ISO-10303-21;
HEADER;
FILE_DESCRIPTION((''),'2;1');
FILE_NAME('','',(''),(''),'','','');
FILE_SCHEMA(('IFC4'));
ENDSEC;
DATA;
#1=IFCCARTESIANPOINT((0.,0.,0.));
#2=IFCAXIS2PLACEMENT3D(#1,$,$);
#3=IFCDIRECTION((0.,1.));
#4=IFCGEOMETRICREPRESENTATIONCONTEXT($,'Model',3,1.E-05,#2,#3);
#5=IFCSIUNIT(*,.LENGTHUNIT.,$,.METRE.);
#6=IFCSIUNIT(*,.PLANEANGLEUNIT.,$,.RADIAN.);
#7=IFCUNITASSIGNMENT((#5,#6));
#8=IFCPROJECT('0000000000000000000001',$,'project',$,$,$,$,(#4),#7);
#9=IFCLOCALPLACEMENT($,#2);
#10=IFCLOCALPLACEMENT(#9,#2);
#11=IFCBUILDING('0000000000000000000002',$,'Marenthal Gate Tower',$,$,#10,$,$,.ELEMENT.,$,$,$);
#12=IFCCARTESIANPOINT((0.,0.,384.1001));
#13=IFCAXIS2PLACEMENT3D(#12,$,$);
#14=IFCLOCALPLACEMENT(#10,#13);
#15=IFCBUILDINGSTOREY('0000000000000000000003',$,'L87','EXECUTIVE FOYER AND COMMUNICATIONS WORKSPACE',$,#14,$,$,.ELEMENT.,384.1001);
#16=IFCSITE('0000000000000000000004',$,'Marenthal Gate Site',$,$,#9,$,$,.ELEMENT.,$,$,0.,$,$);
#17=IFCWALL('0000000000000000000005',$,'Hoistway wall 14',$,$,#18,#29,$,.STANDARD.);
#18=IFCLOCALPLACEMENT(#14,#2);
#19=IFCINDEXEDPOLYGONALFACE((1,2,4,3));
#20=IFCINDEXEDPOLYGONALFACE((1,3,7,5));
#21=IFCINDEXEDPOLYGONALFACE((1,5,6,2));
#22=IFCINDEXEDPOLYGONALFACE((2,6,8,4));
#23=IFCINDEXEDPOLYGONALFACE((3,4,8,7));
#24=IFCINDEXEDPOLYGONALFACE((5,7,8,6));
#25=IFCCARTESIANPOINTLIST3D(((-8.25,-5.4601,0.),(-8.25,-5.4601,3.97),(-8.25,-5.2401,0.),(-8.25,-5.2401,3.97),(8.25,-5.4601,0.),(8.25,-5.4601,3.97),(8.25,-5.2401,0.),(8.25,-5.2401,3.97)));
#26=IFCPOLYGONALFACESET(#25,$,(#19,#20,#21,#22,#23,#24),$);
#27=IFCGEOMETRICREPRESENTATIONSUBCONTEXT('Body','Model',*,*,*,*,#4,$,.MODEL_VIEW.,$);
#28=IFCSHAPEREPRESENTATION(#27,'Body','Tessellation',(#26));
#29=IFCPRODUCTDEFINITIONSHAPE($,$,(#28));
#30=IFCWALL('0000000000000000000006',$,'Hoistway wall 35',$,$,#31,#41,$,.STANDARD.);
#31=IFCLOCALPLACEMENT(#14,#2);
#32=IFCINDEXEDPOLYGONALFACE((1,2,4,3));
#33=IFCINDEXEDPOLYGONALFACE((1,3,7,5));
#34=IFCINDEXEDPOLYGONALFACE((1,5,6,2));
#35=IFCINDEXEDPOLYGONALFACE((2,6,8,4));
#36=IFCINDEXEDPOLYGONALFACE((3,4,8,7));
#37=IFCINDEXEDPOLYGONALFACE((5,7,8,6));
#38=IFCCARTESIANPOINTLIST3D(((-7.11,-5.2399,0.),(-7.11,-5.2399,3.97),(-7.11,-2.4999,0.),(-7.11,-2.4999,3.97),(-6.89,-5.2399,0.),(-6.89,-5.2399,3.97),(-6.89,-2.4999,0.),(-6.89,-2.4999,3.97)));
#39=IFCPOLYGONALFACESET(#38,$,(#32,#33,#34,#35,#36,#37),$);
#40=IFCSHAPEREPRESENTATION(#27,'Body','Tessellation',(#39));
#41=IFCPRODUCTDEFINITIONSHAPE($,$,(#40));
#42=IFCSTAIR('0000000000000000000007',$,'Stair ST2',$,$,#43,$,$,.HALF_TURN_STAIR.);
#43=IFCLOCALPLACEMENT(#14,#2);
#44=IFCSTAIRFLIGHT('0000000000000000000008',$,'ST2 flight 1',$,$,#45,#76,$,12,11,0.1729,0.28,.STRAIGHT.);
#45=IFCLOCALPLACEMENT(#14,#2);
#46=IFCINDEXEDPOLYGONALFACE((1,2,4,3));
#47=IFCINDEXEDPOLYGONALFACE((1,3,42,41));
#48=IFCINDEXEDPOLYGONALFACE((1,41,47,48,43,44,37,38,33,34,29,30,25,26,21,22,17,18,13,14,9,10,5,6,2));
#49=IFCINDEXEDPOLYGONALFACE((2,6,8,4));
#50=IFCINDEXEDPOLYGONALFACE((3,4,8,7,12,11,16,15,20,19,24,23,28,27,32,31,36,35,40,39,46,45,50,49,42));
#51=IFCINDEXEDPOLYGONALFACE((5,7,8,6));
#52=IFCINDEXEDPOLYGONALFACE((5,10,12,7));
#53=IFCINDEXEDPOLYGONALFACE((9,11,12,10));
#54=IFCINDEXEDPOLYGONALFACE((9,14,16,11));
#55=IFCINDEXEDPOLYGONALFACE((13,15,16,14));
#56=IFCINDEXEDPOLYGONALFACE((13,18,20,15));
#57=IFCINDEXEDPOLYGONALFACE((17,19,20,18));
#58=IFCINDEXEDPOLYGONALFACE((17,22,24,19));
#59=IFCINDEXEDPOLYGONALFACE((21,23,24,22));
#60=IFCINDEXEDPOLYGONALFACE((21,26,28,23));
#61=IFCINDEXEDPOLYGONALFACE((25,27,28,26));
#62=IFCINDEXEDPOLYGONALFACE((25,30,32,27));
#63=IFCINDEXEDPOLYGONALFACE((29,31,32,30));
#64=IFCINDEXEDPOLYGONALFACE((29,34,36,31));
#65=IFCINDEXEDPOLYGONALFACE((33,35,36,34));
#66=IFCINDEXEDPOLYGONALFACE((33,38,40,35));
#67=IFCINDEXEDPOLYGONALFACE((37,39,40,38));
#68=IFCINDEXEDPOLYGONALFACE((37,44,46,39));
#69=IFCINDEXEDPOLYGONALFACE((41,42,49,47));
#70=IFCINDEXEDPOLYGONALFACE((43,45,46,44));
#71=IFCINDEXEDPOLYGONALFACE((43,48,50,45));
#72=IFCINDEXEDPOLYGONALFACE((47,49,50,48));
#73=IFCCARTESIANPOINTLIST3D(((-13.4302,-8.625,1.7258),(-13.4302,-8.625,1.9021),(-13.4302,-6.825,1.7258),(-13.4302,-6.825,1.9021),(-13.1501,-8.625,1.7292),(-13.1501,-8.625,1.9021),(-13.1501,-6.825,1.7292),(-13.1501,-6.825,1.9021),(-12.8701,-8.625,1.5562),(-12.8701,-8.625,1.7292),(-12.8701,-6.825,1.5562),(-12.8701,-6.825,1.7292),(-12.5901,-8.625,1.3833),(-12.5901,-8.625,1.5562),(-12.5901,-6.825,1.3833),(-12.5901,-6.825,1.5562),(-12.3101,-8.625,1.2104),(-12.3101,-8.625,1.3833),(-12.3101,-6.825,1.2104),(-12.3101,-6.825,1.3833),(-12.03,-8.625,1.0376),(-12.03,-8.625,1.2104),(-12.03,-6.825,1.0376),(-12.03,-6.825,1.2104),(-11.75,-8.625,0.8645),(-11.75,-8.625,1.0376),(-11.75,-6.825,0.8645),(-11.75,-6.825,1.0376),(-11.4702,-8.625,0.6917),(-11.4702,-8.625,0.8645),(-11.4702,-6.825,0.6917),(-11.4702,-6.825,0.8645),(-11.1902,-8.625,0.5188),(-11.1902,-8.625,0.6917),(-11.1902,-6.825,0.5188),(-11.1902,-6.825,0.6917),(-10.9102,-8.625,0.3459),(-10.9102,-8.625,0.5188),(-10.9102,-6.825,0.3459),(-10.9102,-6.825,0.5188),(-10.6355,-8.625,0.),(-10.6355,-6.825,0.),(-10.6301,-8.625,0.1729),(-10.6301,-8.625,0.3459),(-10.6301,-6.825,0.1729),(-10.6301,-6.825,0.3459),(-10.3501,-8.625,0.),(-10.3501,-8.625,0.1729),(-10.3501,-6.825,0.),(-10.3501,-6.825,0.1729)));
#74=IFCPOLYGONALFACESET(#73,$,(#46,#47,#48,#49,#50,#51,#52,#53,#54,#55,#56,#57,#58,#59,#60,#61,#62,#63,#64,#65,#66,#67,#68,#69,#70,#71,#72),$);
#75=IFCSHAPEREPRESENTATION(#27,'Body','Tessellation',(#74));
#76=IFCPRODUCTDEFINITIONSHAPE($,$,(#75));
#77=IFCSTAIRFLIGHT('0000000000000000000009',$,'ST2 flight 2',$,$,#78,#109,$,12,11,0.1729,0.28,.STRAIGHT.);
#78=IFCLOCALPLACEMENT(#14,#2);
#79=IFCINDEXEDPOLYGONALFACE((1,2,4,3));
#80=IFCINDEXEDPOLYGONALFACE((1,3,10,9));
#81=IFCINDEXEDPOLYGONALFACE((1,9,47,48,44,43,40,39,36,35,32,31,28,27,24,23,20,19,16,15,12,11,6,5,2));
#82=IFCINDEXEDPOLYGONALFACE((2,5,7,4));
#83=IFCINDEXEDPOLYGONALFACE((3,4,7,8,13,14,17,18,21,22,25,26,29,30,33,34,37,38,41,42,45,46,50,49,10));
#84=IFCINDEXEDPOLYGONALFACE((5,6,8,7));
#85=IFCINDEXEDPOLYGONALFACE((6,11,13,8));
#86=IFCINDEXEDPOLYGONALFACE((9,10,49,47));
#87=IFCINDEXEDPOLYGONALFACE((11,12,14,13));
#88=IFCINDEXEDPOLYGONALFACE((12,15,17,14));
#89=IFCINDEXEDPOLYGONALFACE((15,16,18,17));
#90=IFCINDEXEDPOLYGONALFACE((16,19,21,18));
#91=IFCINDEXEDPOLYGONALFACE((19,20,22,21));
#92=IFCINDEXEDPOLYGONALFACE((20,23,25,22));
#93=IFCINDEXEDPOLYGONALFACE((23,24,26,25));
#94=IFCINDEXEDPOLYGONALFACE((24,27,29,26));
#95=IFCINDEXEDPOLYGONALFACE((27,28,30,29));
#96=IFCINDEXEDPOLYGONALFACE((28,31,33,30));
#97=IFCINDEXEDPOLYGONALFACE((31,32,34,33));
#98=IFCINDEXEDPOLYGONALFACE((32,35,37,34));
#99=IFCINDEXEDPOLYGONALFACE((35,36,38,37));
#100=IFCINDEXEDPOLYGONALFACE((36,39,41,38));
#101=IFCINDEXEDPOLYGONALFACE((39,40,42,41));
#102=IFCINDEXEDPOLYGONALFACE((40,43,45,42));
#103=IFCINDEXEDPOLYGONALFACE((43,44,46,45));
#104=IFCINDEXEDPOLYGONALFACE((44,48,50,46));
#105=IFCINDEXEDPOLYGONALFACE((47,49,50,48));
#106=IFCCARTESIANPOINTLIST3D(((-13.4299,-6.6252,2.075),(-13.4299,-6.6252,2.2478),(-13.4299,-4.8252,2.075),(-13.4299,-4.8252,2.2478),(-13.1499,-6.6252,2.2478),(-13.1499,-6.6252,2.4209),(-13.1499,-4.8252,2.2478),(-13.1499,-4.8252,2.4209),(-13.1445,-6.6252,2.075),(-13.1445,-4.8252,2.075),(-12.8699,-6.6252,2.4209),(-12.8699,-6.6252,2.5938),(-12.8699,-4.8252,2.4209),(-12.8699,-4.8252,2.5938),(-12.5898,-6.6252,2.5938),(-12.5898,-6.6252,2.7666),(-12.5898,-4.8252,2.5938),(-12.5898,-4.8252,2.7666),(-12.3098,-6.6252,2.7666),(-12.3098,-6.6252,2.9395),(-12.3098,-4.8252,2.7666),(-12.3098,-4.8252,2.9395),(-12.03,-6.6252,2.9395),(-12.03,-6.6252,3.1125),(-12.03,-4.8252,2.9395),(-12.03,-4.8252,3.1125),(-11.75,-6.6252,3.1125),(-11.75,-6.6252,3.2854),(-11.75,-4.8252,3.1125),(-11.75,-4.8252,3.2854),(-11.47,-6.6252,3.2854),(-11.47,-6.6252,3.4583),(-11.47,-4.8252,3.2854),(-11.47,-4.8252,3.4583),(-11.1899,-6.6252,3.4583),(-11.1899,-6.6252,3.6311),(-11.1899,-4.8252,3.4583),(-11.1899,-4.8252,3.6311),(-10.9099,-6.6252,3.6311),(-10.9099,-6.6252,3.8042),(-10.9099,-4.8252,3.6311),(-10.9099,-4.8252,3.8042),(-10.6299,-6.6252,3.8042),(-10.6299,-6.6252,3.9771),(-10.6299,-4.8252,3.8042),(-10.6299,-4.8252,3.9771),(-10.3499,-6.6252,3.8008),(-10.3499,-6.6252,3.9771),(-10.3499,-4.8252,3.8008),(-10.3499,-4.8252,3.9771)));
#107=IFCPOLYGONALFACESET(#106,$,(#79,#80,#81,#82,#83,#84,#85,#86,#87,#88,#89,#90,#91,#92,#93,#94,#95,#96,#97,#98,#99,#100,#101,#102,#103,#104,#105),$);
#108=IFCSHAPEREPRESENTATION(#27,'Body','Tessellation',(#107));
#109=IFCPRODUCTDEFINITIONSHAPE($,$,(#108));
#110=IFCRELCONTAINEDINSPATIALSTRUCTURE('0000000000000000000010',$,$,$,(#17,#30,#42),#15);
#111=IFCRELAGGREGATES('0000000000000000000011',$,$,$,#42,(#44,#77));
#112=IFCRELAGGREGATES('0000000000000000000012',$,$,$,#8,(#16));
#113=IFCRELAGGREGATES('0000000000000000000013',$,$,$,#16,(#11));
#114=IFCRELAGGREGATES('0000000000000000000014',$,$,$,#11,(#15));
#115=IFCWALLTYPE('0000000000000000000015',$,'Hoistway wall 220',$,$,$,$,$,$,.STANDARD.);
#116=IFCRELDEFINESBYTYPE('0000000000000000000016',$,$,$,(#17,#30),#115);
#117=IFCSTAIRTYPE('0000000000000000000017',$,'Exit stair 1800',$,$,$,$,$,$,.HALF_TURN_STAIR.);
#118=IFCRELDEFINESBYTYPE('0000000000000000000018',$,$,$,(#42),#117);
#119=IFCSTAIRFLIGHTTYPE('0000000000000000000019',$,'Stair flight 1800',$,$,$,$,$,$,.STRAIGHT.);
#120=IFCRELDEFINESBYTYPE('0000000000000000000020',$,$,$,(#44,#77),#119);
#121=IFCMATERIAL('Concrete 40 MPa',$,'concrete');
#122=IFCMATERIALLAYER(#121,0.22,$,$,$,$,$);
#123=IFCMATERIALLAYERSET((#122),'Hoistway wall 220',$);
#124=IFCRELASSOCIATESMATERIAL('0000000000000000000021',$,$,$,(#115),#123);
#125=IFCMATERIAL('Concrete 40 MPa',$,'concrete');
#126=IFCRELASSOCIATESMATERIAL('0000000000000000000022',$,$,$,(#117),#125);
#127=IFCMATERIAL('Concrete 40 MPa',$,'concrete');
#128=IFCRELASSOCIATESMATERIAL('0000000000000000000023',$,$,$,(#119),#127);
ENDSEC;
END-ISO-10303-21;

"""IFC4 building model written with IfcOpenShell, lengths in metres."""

from ifc_helpers import new_model, si_unit, direction, frame, frame_2d, origin, place, context, subcontext, project, spatial, polyline, rectangle, outline, extrude, material, layer, layer_set, type_object, element, aggregate, save


model = new_model("IFC4")

# Units and contexts
model_context = context("Model", 3, precision=1e-05, world=origin(), true_north=direction((0.0, 1.0)))
body_context = subcontext(model_context, "Body", "Model", "MODEL_VIEW")
ifc_project = project(units=[si_unit("LENGTHUNIT", "METRE"), si_unit("PLANEANGLEUNIT", "RADIAN")], contexts=[model_context])

# Site, building, storey
site_placement = place(None, origin())
site = spatial("IfcSite", under=ifc_project, at=site_placement, Name="Marenthal Gate Site", CompositionType="ELEMENT", RefElevation=0.0)
building_placement = place(site_placement, origin())
building = spatial("IfcBuilding", under=site, at=building_placement, Name="Marenthal Gate Tower", CompositionType="ELEMENT")
storey_placement = place(building_placement, frame((0.0, 0.0, 384.1001)))
storey = spatial("IfcBuildingStorey", under=building, at=storey_placement, Name="L87", Description="EXECUTIVE FOYER AND COMMUNICATIONS WORKSPACE", CompositionType="ELEMENT", Elevation=384.1001)

# Shared definitions
ifc_material_1 = material(Name="Concrete 40 MPa", Category="concrete")
ifc_layer_1 = layer(ifc_material_1, 0.22)
ifc_layer_set_1 = layer_set([ifc_layer_1], Name="Hoistway wall 220")
wall_type_1 = type_object("IfcWallType", Name="Hoistway wall 220", PredefinedType="STANDARD", material=ifc_layer_set_1)

# Walls
wall_1_placement = place(storey_placement, frame((-8.25, -5.3501, 0.0), z_axis=(0.0, 0.0, 1.0), x_axis=(1.0, 0.0, 0.0)))
element("IfcWall", 1, at=wall_1_placement, inside=storey, type_object=wall_type_1, Name="Hoistway wall 14", PredefinedType="STANDARD", context=body_context, shape_type="SweptSolid", body=[
    extrude(rectangle(XDim=16.5, YDim=0.22, at=frame_2d((8.25, 0.0))), origin(), (0.0, 0.0, 1.0), 3.97),
])
wall_2_placement = place(storey_placement, frame((-7.0, -5.24, 0.0), z_axis=(0.0, 0.0, 1.0), x_axis=(0.0, 1.0, 0.0)))
element("IfcWall", 2, at=wall_2_placement, inside=storey, type_object=wall_type_1, Name="Hoistway wall 35", PredefinedType="STANDARD", context=body_context, shape_type="SweptSolid", body=[
    extrude(rectangle(XDim=2.74, YDim=0.22, at=frame_2d((1.3701, 0.0))), origin(), (0.0, 0.0, 1.0), 3.97),
])

# Stair, stair flights
ifc_material_2 = material(Name="Concrete 40 MPa", Category="concrete")
stair_type = type_object("IfcStairType", Name="Exit stair 1800", PredefinedType="HALF_TURN_STAIR", material=ifc_material_2)
stair_placement = place(storey_placement, origin())
stair = element("IfcStair", 3, at=stair_placement, inside=storey, type_object=stair_type, Name="Stair ST2", PredefinedType="HALF_TURN_STAIR")
ifc_material_3 = material(Name="Concrete 40 MPa", Category="concrete")
stair_flight_type = type_object("IfcStairFlightType", Name="Stair flight 1800", PredefinedType="STRAIGHT", material=ifc_material_3)
stair_flight_1_placement = place(storey_placement, frame((-10.3501, -7.7251, 0.0), z_axis=(0.0, 0.0, 1.0), x_axis=(-1.0, 0.0, 0.0)))
stair_flight_1 = element("IfcStairFlight", 4, at=stair_flight_1_placement, type_object=stair_flight_type, Name="ST2 flight 1", NumberOfRisers=12, NumberOfTreads=11, PredefinedType="STRAIGHT", RiserHeight=0.1729, TreadLength=0.28, context=body_context, shape_type="SweptSolid", body=[
    extrude(outline(polyline([(0.0, 0.0), (0.0, 0.1729), (0.28, 0.1729), (0.28, 0.3459), (0.5601, 0.3459), (0.5601, 0.5188), (0.8401, 0.5188), (0.8401, 0.6917), (1.1201, 0.6917), (1.1201, 0.8645), (1.3999, 0.8645), (1.3999, 1.0376), (1.6799, 1.0376), (1.6799, 1.2104), (1.96, 1.2104), (1.96, 1.3833), (2.24, 1.3833), (2.24, 1.5562), (2.52, 1.5562), (2.52, 1.7292), (2.8, 1.7292), (2.8, 1.9021), (3.0801, 1.9021), (3.0801, 2.075), (3.0801, 1.7258), (0.2854, 0.0), (0.0, 0.0)])), frame((0.0, 0.8999, 0.0), z_axis=(0.0, -1.0, 0.0), x_axis=(1.0, 0.0, 0.0)), (0.0, 0.0, 1.0), 1.8),
])
stair_flight_2_placement = place(storey_placement, frame((-13.4299, -5.7251, 2.075), z_axis=(0.0, 0.0, 1.0), x_axis=(1.0, 0.0, 0.0)))
stair_flight_2 = element("IfcStairFlight", 5, at=stair_flight_2_placement, type_object=stair_flight_type, Name="ST2 flight 2", NumberOfRisers=12, NumberOfTreads=11, PredefinedType="STRAIGHT", RiserHeight=0.1729, TreadLength=0.28, context=body_context, shape_type="SweptSolid", body=[
    extrude(outline(polyline([(0.0, 0.0), (0.0, 0.1729), (0.28, 0.1729), (0.28, 0.3459), (0.5601, 0.3459), (0.5601, 0.5188), (0.8401, 0.5188), (0.8401, 0.6917), (1.1201, 0.6917), (1.1201, 0.8645), (1.3999, 0.8645), (1.3999, 1.0376), (1.6799, 1.0376), (1.6799, 1.2104), (1.96, 1.2104), (1.96, 1.3833), (2.24, 1.3833), (2.24, 1.5562), (2.52, 1.5562), (2.52, 1.7292), (2.8, 1.7292), (2.8, 1.9021), (3.0801, 1.9021), (3.0801, 2.075), (3.0801, 1.7258), (0.2854, 0.0), (0.0, 0.0)])), frame((0.0, 0.8999, 0.0), z_axis=(0.0, -1.0, 0.0), x_axis=(1.0, 0.0, 0.0)), (0.0, 0.0, 1.0), 1.8),
])
aggregate(stair, [stair_flight_1, stair_flight_2])

save(model, "model.ifc")
